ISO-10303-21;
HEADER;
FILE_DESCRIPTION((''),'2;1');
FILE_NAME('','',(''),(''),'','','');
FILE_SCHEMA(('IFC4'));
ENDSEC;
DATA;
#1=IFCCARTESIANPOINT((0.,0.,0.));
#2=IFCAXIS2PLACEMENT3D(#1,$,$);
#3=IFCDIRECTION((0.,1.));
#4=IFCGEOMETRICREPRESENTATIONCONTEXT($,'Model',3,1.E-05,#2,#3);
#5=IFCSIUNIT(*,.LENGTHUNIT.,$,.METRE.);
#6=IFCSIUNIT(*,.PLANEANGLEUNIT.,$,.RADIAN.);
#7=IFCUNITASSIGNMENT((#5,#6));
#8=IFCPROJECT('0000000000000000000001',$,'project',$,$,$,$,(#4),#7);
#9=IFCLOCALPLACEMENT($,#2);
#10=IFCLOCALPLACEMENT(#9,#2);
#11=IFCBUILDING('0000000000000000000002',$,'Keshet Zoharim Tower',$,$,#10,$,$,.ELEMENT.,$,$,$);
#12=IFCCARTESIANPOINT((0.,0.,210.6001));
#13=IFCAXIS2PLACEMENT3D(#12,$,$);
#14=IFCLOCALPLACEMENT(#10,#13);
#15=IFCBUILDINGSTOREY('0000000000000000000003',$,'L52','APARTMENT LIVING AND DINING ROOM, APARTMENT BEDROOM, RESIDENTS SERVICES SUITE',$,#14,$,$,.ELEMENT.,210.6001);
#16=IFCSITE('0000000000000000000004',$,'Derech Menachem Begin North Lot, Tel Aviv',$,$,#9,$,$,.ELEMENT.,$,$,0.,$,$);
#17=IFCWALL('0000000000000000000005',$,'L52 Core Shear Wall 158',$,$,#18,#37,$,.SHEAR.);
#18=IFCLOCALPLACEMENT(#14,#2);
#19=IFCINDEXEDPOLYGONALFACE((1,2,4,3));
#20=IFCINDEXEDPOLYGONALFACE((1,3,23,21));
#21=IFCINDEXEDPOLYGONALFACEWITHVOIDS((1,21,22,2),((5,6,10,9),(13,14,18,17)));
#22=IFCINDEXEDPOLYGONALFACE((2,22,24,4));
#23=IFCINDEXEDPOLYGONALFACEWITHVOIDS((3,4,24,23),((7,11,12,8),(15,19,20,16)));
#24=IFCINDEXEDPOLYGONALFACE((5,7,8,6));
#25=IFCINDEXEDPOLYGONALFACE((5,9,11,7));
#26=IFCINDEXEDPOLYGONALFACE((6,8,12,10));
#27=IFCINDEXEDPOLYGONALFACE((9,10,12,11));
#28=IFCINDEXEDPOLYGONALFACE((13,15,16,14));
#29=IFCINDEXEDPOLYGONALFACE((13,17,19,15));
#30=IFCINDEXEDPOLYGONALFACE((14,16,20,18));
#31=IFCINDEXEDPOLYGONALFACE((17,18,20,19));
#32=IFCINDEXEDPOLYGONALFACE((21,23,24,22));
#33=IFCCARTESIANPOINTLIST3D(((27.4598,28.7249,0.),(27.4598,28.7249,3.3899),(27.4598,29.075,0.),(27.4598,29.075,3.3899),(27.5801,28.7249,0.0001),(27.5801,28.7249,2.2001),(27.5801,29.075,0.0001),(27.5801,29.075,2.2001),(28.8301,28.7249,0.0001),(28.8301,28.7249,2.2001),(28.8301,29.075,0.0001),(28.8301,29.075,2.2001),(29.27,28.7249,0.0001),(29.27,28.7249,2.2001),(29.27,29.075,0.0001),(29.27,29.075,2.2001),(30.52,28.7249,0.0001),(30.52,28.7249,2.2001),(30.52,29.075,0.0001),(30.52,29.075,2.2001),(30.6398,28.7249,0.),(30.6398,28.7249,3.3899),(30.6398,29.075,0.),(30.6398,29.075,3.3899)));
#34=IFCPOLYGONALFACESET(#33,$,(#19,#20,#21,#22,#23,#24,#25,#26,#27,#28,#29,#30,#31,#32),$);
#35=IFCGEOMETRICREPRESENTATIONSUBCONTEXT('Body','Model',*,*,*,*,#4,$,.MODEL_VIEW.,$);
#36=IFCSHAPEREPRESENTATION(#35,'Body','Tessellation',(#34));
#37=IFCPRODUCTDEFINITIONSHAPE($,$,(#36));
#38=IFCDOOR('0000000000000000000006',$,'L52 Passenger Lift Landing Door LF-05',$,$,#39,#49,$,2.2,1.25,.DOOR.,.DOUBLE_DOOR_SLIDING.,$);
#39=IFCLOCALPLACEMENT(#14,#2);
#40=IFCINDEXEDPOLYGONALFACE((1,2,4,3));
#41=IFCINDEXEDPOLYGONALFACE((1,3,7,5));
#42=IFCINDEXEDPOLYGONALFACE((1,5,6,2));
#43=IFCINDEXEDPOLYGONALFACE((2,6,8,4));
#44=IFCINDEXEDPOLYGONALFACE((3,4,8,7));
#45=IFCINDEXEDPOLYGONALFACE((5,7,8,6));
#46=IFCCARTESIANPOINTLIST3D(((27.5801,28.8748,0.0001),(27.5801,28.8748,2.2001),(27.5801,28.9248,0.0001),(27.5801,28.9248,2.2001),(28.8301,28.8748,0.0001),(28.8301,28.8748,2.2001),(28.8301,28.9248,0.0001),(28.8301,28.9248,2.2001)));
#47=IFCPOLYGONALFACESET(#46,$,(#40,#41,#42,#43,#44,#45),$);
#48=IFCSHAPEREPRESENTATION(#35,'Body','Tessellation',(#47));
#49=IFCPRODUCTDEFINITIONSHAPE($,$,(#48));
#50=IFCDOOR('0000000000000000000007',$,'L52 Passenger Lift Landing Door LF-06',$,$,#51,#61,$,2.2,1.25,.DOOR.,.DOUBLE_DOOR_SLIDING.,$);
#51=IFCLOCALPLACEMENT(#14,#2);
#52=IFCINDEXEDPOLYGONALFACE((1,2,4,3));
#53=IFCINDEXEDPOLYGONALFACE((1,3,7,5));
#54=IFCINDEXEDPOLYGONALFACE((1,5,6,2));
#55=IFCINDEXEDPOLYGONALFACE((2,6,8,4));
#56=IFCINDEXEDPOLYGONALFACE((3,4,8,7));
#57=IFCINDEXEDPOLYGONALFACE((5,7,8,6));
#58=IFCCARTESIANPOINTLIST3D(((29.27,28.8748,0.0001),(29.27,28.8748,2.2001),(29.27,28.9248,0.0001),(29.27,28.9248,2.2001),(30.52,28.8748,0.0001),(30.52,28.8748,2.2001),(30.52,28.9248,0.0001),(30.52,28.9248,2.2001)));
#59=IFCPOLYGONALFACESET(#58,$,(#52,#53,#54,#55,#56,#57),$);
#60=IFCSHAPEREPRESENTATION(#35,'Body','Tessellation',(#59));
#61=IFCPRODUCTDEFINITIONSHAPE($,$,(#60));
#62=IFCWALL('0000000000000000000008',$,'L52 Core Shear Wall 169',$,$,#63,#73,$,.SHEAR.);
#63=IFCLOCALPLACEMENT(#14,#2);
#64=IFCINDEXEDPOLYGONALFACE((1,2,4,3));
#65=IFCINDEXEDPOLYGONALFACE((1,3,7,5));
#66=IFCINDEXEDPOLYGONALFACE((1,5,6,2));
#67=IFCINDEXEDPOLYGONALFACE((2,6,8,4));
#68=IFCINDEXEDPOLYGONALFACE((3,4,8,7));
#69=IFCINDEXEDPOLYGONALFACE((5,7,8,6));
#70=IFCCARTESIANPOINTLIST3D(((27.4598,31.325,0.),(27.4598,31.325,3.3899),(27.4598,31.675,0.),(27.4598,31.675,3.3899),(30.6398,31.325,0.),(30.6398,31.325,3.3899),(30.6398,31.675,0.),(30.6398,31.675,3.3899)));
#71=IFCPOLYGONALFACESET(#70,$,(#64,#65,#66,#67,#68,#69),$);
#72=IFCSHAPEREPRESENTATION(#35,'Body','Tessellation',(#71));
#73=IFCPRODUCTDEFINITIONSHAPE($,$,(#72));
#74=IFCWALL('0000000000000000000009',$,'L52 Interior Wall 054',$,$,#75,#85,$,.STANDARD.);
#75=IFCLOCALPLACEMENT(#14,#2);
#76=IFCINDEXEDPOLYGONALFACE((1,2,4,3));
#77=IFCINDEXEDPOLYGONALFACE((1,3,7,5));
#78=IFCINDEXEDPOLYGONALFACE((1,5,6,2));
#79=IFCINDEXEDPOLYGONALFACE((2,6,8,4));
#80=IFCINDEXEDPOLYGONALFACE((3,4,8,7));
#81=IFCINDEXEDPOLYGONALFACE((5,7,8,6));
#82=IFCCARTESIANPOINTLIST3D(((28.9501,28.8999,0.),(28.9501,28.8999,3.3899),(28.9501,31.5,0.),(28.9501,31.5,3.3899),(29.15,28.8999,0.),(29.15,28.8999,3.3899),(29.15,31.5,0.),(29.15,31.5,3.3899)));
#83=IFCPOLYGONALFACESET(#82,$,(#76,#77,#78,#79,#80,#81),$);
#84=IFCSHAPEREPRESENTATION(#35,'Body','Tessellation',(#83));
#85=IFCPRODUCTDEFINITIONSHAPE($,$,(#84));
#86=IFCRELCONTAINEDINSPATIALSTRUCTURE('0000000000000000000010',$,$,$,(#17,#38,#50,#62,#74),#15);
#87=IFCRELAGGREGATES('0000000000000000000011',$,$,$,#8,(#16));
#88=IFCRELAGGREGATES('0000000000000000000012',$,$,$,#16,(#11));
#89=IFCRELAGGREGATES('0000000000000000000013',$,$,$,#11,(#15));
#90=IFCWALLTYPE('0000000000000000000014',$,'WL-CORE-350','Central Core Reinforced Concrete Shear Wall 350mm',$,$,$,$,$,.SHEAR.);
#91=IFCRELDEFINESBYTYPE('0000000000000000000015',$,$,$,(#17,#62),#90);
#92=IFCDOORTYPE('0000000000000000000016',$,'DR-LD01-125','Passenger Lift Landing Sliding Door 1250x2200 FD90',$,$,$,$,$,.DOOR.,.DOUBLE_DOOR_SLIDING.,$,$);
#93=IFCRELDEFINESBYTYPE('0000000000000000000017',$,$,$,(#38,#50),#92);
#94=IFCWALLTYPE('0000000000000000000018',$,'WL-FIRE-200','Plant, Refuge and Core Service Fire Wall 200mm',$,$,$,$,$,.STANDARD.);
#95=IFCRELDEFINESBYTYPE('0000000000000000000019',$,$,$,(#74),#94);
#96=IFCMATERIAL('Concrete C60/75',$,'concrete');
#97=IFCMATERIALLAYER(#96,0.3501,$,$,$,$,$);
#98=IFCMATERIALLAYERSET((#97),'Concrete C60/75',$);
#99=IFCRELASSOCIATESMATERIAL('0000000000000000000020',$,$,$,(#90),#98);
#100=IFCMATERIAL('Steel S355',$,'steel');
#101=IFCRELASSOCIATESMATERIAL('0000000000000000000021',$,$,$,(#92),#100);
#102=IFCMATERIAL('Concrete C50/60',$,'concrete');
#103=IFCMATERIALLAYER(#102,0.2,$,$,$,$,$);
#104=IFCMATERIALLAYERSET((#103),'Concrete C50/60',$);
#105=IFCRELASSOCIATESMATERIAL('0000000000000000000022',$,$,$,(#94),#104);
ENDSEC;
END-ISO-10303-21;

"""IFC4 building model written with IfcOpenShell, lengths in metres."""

from ifc_helpers import new_model, si_unit, direction, frame, frame_2d, origin, place, context, subcontext, project, spatial, rectangle, extrude, material, layer, layer_set, type_object, element, fill, save


model = new_model("IFC4")

# Units and contexts
model_context = context("Model", 3, precision=1e-05, world=origin(), true_north=direction((0.0, 1.0)))
body_context = subcontext(model_context, "Body", "Model", "MODEL_VIEW")
ifc_project = project(units=[si_unit("LENGTHUNIT", "METRE"), si_unit("PLANEANGLEUNIT", "RADIAN")], contexts=[model_context])

# Site, building, storey
site_placement = place(None, origin())
site = spatial("IfcSite", under=ifc_project, at=site_placement, Name="Derech Menachem Begin North Lot, Tel Aviv", CompositionType="ELEMENT", RefElevation=0.0)
building_placement = place(site_placement, origin())
building = spatial("IfcBuilding", under=site, at=building_placement, Name="Keshet Zoharim Tower", CompositionType="ELEMENT")
storey_placement = place(building_placement, frame((0.0, 0.0, 210.6001)))
storey = spatial("IfcBuildingStorey", under=building, at=storey_placement, Name="L52", Description="APARTMENT LIVING AND DINING ROOM, APARTMENT BEDROOM, RESIDENTS SERVICES SUITE", CompositionType="ELEMENT", Elevation=210.6001)

# Shared definitions
ifc_material_1 = material(Name="Steel S355", Category="steel")

# Shared definitions
ifc_material_2 = material(Name="Concrete C60/75", Category="concrete")
ifc_layer_1 = layer(ifc_material_2, 0.3501)
ifc_layer_set_1 = layer_set([ifc_layer_1], Name="Concrete C60/75")
wall_type_1 = type_object("IfcWallType", Name="WL-CORE-350", Description="Central Core Reinforced Concrete Shear Wall 350mm", PredefinedType="SHEAR", material=ifc_layer_set_1)

# Wall, openings, doors
door_type_1 = type_object("IfcDoorType", Name="DR-LD01-125", Description="Passenger Lift Landing Sliding Door 1250x2200 FD90", OperationType="DOUBLE_DOOR_SLIDING", PredefinedType="DOOR", material=ifc_material_1)
wall_1_placement = place(storey_placement, frame((27.46, 28.8999, 0.0), z_axis=(0.0, 0.0, 1.0), x_axis=(1.0, 0.0, 0.0)))
wall_1 = element("IfcWall", 1, at=wall_1_placement, inside=storey, type_object=wall_type_1, Name="L52 Core Shear Wall 158", PredefinedType="SHEAR", context=body_context, shape_type="SweptSolid", body=[
    extrude(rectangle(XDim=3.1799, YDim=0.3501, at=frame_2d((1.5898, 0.0))), origin(), (0.0, 0.0, 1.0), 3.3899),
])
opening_1_placement = place(wall_1_placement, frame((0.1201, 0.0, 0.0)))
opening_1 = element("IfcOpeningElement", 2, at=opening_1_placement, cuts=wall_1, PredefinedType="OPENING", context=body_context, shape_type="SweptSolid", body=[
    extrude(rectangle(XDim=1.25, YDim=2.2, at=frame_2d((0.625, 1.1001))), frame((0.0, 0.1851, 0.0), z_axis=(0.0, -1.0, 0.0), x_axis=(1.0, 0.0, 0.0)), (0.0, 0.0, 1.0), 0.3701),
])
opening_2_placement = place(wall_1_placement, frame((1.8101, 0.0, 0.0)))
opening_2 = element("IfcOpeningElement", 3, at=opening_2_placement, cuts=wall_1, PredefinedType="OPENING", context=body_context, shape_type="SweptSolid", body=[
    extrude(rectangle(XDim=1.25, YDim=2.2, at=frame_2d((0.625, 1.1001))), frame((0.0, 0.1851, 0.0), z_axis=(0.0, -1.0, 0.0), x_axis=(1.0, 0.0, 0.0)), (0.0, 0.0, 1.0), 0.3701),
])
door_1_placement = place(opening_1_placement, origin())
door_1 = element("IfcDoor", 4, at=door_1_placement, inside=storey, type_object=door_type_1, Name="L52 Passenger Lift Landing Door LF-05", OperationType="DOUBLE_DOOR_SLIDING", OverallHeight=2.2, OverallWidth=1.25, PredefinedType="DOOR", context=body_context, shape_type="SweptSolid", body=[
    extrude(rectangle(XDim=1.25, YDim=2.2, at=frame_2d((0.625, 1.1001))), frame((0.0, 0.0249, 0.0), z_axis=(0.0, -1.0, 0.0), x_axis=(1.0, 0.0, 0.0)), (0.0, 0.0, 1.0), 0.05),
])
fill(opening_1, door_1)
door_2_placement = place(opening_2_placement, origin())
door_2 = element("IfcDoor", 5, at=door_2_placement, inside=storey, type_object=door_type_1, Name="L52 Passenger Lift Landing Door LF-06", OperationType="DOUBLE_DOOR_SLIDING", OverallHeight=2.2, OverallWidth=1.25, PredefinedType="DOOR", context=body_context, shape_type="SweptSolid", body=[
    extrude(rectangle(XDim=1.25, YDim=2.2, at=frame_2d((0.625, 1.1001))), frame((0.0, 0.0249, 0.0), z_axis=(0.0, -1.0, 0.0), x_axis=(1.0, 0.0, 0.0)), (0.0, 0.0, 1.0), 0.05),
])
fill(opening_2, door_2)

# Wall
wall_2_placement = place(storey_placement, frame((27.46, 31.5, 0.0), z_axis=(0.0, 0.0, 1.0), x_axis=(1.0, 0.0, 0.0)))
element("IfcWall", 6, at=wall_2_placement, inside=storey, type_object=wall_type_1, Name="L52 Core Shear Wall 169", PredefinedType="SHEAR", context=body_context, shape_type="SweptSolid", body=[
    extrude(rectangle(XDim=3.1799, YDim=0.3501, at=frame_2d((1.5898, 0.0))), origin(), (0.0, 0.0, 1.0), 3.3899),
])

# Wall
ifc_material_3 = material(Name="Concrete C50/60", Category="concrete")
ifc_layer_2 = layer(ifc_material_3, 0.2)
ifc_layer_set_2 = layer_set([ifc_layer_2], Name="Concrete C50/60")
wall_type_2 = type_object("IfcWallType", Name="WL-FIRE-200", Description="Plant, Refuge and Core Service Fire Wall 200mm", PredefinedType="STANDARD", material=ifc_layer_set_2)
wall_3_placement = place(storey_placement, frame((29.05, 28.8999, 0.0), z_axis=(0.0, 0.0, 1.0), x_axis=(0.0, 1.0, 0.0)))
element("IfcWall", 7, at=wall_3_placement, inside=storey, type_object=wall_type_2, Name="L52 Interior Wall 054", PredefinedType="STANDARD", context=body_context, shape_type="SweptSolid", body=[
    extrude(rectangle(XDim=2.6001, YDim=0.2, at=frame_2d((1.3, 0.0))), origin(), (0.0, 0.0, 1.0), 3.3899),
])

save(model, "model.ifc")
